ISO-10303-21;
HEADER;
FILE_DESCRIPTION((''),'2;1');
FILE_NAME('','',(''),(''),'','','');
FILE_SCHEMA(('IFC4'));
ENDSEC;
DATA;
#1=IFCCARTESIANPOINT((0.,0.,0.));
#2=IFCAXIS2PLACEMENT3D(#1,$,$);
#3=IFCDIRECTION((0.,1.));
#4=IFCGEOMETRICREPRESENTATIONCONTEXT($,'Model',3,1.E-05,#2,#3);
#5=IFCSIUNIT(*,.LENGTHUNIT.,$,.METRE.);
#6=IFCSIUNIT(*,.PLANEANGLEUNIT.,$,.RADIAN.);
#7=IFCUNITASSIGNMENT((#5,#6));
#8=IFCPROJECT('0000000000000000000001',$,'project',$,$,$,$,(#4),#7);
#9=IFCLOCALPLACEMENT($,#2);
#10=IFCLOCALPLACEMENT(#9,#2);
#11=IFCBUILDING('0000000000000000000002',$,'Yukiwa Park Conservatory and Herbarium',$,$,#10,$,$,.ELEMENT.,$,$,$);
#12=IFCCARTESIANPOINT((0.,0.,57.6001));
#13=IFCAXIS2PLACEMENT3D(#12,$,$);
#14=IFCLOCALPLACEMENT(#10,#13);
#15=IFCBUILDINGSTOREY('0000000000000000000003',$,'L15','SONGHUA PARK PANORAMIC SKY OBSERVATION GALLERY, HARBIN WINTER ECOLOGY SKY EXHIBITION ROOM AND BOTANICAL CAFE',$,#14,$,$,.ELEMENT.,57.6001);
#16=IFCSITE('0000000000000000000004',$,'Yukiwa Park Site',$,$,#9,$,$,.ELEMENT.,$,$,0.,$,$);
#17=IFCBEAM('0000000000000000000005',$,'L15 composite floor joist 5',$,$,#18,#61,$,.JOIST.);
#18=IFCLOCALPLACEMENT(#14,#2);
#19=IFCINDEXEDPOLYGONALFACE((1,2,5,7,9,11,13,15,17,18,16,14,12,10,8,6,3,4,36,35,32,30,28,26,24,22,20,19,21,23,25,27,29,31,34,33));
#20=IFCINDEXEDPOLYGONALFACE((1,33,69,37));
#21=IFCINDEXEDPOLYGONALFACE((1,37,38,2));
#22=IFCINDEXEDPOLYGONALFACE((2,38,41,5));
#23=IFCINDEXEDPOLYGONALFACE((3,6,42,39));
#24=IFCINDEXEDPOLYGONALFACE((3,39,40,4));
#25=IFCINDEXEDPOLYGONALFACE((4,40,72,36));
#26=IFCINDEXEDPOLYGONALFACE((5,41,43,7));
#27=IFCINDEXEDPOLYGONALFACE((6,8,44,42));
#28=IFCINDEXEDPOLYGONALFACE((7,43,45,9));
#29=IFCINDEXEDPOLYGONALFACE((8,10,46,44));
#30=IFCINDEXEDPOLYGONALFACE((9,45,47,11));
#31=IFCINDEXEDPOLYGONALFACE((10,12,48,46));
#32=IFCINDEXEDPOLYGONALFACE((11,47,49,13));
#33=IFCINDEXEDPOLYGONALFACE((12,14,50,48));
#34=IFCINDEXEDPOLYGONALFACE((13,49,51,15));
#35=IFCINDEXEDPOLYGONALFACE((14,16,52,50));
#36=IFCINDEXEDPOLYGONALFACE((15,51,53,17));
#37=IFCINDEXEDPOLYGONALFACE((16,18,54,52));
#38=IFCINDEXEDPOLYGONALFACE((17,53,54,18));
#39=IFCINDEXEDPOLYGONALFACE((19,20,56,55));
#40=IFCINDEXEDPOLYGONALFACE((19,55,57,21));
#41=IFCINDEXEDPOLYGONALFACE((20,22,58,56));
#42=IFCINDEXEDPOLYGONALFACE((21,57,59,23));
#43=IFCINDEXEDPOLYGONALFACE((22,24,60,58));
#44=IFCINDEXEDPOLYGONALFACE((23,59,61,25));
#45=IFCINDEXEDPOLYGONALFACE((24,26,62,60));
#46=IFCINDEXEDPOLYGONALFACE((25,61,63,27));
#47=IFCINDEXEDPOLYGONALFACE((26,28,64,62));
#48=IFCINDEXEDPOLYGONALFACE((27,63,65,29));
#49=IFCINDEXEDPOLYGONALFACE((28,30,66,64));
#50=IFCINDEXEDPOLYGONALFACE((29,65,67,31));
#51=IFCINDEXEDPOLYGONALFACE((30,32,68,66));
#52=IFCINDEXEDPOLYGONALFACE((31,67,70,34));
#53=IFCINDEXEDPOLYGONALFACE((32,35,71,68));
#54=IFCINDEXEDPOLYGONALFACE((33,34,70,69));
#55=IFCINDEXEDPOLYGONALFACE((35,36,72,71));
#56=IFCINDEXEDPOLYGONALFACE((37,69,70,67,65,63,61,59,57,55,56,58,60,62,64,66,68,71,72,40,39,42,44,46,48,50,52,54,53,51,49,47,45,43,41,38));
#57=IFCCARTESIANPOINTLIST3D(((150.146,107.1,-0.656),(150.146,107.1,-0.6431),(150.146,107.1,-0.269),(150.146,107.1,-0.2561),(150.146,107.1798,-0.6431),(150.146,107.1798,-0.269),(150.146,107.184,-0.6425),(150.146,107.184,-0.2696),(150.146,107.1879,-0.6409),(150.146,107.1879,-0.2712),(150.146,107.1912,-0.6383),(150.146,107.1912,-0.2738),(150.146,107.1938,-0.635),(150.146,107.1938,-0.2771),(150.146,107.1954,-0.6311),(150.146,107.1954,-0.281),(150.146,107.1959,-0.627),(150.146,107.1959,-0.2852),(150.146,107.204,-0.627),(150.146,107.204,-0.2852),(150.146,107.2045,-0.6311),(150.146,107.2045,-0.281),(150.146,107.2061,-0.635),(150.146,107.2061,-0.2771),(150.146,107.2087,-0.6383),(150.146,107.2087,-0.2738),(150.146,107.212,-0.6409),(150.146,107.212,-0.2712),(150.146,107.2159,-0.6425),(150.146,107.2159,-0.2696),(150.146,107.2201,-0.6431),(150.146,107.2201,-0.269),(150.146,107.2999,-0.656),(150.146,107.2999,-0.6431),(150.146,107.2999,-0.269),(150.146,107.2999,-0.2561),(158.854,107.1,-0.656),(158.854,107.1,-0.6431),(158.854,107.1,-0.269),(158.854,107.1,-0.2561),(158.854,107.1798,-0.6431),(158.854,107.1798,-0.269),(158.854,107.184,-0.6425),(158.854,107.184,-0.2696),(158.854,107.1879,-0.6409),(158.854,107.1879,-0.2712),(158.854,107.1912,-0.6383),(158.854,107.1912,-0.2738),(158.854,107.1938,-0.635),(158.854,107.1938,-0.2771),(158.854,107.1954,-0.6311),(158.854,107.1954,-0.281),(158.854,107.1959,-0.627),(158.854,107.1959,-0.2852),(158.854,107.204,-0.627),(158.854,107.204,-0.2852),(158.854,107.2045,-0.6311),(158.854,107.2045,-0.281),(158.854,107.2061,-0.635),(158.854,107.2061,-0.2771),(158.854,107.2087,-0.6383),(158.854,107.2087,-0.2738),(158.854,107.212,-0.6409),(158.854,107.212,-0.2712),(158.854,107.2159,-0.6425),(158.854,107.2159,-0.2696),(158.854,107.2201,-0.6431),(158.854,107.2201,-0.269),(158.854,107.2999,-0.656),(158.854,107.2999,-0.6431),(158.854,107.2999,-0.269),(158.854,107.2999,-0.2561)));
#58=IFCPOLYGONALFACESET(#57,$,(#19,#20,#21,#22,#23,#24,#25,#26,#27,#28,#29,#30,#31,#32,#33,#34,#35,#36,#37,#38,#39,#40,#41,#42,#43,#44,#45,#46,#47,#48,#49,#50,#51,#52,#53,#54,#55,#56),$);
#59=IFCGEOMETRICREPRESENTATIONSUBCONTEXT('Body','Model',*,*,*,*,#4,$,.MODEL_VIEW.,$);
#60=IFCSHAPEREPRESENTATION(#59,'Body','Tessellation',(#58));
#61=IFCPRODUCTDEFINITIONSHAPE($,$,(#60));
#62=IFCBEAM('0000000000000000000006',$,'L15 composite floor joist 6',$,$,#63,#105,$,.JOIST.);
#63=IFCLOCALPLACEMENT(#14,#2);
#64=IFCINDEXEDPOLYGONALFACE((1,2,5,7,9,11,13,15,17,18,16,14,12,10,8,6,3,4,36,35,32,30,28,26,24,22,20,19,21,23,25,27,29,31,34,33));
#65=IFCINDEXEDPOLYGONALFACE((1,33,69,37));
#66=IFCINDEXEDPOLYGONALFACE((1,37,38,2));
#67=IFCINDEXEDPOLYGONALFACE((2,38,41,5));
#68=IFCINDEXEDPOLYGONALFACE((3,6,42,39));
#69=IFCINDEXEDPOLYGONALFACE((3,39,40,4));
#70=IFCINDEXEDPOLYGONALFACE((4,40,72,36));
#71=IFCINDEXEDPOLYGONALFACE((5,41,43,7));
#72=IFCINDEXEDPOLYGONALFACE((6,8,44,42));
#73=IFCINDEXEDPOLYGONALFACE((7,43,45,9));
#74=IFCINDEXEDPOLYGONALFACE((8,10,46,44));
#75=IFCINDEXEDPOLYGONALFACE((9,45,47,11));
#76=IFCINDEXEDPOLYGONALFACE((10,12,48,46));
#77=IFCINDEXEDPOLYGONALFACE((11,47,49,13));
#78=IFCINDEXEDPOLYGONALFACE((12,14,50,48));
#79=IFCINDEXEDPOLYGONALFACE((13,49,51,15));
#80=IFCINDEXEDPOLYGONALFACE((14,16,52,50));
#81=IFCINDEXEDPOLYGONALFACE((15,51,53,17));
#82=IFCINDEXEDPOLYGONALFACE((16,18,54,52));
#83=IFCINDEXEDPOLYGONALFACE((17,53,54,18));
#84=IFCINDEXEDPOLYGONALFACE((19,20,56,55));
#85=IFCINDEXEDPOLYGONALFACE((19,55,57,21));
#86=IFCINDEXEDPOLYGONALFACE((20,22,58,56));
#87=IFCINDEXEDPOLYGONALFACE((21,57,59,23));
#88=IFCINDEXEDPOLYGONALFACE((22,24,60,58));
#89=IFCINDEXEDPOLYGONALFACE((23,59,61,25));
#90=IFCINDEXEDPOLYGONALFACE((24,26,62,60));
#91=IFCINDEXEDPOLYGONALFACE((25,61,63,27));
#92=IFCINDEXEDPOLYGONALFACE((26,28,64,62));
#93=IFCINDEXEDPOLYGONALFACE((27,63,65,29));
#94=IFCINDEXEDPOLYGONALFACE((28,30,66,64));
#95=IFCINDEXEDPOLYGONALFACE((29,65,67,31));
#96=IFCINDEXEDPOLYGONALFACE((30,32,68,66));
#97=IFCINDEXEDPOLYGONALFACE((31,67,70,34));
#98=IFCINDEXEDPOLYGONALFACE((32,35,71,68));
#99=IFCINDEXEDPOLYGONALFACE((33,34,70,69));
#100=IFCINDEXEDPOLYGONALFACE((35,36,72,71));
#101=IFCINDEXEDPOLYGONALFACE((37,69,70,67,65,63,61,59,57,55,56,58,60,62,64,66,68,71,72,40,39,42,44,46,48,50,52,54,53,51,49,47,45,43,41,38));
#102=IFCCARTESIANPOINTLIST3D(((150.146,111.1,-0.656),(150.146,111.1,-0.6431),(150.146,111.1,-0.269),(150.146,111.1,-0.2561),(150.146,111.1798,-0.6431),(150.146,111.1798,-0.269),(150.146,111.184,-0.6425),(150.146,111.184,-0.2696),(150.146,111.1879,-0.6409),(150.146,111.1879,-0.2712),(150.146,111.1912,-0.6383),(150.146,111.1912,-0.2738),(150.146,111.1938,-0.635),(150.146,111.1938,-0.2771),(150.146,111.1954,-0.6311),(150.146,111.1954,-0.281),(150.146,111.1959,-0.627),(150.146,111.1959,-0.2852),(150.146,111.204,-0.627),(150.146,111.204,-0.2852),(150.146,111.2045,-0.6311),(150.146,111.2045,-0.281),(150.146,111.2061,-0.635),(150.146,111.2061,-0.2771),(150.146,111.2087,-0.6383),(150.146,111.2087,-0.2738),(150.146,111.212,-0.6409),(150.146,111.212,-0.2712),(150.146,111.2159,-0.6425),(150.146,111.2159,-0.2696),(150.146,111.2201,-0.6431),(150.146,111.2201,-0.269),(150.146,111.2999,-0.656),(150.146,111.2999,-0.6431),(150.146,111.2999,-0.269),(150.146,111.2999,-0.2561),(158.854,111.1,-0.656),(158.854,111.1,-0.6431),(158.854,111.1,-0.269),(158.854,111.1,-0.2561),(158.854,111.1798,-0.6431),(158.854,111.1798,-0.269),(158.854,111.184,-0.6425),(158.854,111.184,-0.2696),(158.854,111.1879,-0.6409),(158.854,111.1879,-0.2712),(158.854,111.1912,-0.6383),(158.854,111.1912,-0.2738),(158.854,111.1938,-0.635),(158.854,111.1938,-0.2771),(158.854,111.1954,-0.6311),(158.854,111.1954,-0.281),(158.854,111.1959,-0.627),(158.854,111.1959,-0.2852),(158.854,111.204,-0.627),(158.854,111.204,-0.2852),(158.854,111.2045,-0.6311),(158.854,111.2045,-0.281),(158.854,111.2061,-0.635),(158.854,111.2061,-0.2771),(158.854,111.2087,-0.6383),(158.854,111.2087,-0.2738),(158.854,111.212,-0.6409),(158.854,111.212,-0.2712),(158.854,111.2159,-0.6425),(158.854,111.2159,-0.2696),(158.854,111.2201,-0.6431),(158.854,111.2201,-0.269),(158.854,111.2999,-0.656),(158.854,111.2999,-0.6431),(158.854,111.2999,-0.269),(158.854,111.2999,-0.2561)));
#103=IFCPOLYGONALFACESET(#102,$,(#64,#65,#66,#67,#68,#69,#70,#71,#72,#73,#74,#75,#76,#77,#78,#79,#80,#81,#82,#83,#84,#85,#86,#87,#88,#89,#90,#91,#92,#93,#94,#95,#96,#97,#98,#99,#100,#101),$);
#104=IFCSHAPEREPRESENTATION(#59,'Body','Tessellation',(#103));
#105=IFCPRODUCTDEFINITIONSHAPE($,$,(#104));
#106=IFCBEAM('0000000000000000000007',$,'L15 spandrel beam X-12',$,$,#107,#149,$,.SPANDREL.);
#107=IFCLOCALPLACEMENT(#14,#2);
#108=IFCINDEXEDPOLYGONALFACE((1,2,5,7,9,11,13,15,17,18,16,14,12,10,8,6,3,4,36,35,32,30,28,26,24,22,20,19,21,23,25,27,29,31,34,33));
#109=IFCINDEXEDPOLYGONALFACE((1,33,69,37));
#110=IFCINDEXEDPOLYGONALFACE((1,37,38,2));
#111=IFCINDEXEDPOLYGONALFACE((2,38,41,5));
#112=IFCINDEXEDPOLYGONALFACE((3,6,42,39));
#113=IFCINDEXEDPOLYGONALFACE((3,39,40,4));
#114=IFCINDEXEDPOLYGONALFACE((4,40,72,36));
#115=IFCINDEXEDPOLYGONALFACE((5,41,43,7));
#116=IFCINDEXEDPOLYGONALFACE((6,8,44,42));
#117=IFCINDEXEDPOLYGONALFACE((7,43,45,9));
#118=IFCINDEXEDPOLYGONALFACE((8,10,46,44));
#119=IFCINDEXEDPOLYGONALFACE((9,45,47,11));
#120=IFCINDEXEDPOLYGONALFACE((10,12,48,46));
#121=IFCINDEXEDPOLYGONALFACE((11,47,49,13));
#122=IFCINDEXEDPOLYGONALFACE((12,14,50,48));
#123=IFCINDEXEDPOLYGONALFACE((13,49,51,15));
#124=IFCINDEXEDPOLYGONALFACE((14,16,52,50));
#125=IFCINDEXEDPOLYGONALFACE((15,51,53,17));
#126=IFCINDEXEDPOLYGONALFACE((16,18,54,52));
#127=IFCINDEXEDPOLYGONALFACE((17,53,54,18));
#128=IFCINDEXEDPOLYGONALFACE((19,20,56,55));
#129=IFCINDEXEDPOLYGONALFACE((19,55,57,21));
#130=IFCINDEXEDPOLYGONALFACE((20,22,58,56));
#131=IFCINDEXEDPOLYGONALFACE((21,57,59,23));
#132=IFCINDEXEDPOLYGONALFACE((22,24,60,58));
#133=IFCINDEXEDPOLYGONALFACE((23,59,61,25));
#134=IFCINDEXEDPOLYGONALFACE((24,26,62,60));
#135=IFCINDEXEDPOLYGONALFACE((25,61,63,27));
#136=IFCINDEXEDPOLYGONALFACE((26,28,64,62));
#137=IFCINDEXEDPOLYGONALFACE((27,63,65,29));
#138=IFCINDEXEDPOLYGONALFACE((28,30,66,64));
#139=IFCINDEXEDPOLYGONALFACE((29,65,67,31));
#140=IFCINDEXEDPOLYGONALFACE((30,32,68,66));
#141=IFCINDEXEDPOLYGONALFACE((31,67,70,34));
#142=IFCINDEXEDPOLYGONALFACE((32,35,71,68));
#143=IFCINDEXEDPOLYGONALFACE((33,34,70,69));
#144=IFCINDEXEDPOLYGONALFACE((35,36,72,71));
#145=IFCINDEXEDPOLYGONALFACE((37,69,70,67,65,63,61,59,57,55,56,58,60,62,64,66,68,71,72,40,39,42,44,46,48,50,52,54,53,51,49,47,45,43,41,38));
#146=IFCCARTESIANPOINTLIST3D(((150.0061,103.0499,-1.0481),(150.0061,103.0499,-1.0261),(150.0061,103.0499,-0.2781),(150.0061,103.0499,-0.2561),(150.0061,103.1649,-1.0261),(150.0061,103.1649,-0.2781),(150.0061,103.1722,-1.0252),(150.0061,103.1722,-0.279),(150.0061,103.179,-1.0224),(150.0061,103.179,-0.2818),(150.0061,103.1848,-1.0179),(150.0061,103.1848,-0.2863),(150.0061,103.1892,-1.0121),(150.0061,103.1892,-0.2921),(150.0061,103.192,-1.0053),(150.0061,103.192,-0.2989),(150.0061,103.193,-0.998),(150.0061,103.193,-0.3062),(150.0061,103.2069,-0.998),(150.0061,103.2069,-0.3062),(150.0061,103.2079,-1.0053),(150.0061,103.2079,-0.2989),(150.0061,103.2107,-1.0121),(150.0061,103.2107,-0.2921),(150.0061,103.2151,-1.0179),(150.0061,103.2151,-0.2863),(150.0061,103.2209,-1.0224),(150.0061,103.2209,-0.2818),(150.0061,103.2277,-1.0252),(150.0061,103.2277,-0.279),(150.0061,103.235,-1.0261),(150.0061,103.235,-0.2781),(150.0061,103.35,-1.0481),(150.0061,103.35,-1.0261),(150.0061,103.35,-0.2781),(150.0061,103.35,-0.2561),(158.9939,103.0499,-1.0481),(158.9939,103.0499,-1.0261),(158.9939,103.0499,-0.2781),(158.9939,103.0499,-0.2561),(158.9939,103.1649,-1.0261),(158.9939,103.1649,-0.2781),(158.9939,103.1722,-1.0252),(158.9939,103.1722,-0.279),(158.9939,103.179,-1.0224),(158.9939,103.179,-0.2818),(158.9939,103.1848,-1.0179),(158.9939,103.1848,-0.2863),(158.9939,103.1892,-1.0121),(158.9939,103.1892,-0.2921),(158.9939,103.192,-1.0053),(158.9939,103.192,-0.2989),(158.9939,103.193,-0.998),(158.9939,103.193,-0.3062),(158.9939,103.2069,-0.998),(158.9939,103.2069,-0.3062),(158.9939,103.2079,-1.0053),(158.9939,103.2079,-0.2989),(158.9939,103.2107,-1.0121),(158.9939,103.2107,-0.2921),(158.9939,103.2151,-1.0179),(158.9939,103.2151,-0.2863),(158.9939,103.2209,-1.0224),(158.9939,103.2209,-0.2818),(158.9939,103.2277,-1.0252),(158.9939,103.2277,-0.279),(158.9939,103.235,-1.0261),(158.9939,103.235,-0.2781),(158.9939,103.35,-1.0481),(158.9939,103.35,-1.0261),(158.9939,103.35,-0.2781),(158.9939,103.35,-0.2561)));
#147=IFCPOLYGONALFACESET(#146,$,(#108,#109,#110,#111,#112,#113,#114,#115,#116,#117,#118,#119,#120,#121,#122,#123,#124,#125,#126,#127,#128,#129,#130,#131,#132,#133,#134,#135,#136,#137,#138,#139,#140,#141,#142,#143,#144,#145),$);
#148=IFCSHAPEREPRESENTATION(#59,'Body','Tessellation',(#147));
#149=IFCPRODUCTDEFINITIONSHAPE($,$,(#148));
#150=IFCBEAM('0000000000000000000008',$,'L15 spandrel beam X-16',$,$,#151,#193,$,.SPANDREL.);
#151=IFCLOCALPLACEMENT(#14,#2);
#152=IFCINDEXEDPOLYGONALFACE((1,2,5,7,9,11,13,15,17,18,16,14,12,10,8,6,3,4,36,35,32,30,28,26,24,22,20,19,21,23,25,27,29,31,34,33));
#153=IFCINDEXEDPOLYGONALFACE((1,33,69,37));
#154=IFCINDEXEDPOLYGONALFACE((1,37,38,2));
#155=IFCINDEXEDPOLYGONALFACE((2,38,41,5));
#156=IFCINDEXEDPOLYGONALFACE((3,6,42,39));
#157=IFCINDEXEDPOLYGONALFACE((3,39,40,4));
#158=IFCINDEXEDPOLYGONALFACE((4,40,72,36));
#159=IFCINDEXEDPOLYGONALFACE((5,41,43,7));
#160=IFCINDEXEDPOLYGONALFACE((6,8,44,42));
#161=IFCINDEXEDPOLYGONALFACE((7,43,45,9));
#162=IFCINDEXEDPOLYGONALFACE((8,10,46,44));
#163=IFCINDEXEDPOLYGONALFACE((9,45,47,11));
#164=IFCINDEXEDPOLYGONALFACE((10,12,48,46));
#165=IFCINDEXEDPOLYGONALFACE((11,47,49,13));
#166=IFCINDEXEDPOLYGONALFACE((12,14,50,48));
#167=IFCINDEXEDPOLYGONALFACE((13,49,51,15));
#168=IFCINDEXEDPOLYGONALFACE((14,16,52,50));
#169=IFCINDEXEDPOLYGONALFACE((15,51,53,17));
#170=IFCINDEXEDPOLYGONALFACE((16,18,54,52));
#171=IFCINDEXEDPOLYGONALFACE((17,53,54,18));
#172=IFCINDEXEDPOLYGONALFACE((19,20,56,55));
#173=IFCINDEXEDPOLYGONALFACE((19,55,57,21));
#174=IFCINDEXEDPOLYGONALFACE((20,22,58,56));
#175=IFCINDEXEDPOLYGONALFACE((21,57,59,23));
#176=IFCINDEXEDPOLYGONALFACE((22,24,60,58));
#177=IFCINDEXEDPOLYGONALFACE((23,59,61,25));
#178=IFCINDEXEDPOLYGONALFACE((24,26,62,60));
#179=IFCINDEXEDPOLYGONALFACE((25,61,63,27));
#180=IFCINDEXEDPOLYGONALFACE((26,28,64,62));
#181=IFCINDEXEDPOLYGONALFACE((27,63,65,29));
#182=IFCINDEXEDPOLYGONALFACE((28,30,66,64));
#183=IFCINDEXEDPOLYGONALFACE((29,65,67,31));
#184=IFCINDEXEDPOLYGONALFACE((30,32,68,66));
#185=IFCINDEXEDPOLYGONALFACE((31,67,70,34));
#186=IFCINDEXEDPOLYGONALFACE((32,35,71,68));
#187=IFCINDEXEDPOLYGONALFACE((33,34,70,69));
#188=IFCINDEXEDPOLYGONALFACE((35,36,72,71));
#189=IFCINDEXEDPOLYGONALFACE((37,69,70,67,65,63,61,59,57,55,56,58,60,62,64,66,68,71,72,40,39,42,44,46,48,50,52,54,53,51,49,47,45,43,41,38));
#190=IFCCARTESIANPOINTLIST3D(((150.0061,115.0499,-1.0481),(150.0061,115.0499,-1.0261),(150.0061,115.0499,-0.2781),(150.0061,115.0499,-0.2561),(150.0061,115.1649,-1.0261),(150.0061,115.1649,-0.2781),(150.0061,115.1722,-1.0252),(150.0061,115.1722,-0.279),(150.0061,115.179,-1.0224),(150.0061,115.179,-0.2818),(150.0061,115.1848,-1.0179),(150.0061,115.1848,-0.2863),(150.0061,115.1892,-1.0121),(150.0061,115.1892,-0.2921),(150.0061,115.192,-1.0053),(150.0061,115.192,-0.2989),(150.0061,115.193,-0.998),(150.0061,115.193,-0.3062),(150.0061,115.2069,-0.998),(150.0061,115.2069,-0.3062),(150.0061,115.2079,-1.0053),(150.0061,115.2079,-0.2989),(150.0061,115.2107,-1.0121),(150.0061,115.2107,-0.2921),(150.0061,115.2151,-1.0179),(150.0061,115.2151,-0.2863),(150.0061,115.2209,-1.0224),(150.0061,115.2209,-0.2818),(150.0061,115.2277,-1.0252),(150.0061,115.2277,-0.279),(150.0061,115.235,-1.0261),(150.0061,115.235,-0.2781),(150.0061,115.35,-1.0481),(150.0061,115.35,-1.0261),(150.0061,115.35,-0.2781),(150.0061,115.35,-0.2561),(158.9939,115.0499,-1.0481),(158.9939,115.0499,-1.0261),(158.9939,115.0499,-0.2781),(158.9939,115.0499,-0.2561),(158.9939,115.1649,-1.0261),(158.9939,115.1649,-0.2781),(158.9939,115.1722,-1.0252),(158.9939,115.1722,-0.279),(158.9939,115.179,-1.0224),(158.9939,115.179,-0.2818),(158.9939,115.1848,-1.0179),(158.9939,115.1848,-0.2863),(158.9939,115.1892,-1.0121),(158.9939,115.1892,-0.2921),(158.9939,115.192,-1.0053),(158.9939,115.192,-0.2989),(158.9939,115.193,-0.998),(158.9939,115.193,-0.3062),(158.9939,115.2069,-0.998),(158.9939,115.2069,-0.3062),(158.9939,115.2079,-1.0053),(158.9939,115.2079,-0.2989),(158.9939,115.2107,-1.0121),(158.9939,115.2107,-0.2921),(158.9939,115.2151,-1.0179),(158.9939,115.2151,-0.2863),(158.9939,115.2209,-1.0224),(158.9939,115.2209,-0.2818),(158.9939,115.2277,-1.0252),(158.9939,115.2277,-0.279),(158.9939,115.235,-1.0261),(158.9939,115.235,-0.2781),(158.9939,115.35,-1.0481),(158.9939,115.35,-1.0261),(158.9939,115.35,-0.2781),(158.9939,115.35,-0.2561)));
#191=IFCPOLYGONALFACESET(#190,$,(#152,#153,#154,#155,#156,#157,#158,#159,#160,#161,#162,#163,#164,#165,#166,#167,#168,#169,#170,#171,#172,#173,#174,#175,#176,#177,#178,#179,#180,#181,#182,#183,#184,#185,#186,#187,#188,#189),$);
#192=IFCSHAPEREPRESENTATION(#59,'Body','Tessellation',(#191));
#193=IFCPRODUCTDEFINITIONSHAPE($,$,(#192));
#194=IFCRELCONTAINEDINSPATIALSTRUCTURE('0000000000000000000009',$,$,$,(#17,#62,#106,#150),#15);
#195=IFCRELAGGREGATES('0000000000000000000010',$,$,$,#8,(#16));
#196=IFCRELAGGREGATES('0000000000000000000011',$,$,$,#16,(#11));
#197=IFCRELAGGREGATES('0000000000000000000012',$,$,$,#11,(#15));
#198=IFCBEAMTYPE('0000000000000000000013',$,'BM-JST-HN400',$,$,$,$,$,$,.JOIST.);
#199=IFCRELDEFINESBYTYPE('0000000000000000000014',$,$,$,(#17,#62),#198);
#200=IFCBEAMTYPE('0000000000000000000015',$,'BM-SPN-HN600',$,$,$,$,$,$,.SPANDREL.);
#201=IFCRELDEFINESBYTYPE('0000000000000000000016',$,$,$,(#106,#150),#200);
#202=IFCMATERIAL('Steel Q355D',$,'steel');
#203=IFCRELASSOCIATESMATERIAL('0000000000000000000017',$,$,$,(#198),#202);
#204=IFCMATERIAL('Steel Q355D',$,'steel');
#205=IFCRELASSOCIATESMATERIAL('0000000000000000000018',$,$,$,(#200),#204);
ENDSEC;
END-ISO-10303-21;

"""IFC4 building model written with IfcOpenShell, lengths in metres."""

from ifc_helpers import new_model, si_unit, direction, frame, origin, origin_2d, place, context, subcontext, project, spatial, i_section, extrude, material, material_profile, profile_set, type_object, element, save


model = new_model("IFC4")

# Units and contexts
model_context = context("Model", 3, precision=1e-05, world=origin(), true_north=direction((0.0, 1.0)))
body_context = subcontext(model_context, "Body", "Model", "MODEL_VIEW")
ifc_project = project(units=[si_unit("LENGTHUNIT", "METRE"), si_unit("PLANEANGLEUNIT", "RADIAN")], contexts=[model_context])

# Site, building, storey
site_placement = place(None, origin())
site = spatial("IfcSite", under=ifc_project, at=site_placement, Name="Yukiwa Park Site", CompositionType="ELEMENT", RefElevation=0.0)
building_placement = place(site_placement, origin())
building = spatial("IfcBuilding", under=site, at=building_placement, Name="Yukiwa Park Conservatory and Herbarium", CompositionType="ELEMENT")
storey_placement = place(building_placement, frame((0.0, 0.0, 57.6001)))
storey = spatial("IfcBuildingStorey", under=building, at=storey_placement, Name="L15", Description="SONGHUA PARK PANORAMIC SKY OBSERVATION GALLERY, HARBIN WINTER ECOLOGY SKY EXHIBITION ROOM AND BOTANICAL CAFE", CompositionType="ELEMENT", Elevation=57.6001)

# Beams
ifc_material_1 = material(Name="Steel Q355D", Category="steel")
ifc_material_profile_1 = material_profile(ifc_material_1, i_section(OverallWidth=0.2, OverallDepth=0.3999, WebThickness=0.0081, FlangeThickness=0.0129, FilletRadius=0.0161, at=origin_2d()), Name="HN 400x200x8x13")
ifc_profile_set_1 = profile_set([ifc_material_profile_1], Name="Steel Q355D")
beam_type_1 = type_object("IfcBeamType", Name="BM-JST-HN400", PredefinedType="JOIST", material=ifc_profile_set_1)
for number, where, z_axis, x_axis, name in (
    (1, (150.146, 107.2, -0.4561), (1.0, 0.0, 0.0), (0.0, 1.0, 0.0), "L15 composite floor joist 5"),
    (2, (150.146, 111.2, -0.4561), (1.0, 0.0, 0.0), (0.0, 1.0, 0.0), "L15 composite floor joist 6"),
):
    element("IfcBeam", number, at=place(storey_placement, frame(where, z_axis=z_axis, x_axis=x_axis)), inside=storey, type_object=beam_type_1, Name=name, PredefinedType="JOIST", context=body_context, shape_type="SweptSolid", body=[
        extrude(i_section(OverallWidth=0.2, OverallDepth=0.3999, WebThickness=0.0081, FlangeThickness=0.0129, FilletRadius=0.0161, at=origin_2d()), origin(), (0.0, 0.0, 1.0), 8.708),
    ])
ifc_material_2 = material(Name="Steel Q355D", Category="steel")
ifc_material_profile_2 = material_profile(ifc_material_2, i_section(OverallWidth=0.3, OverallDepth=0.792, WebThickness=0.0139, FlangeThickness=0.022, FilletRadius=0.0281, at=origin_2d()), Name="HN 792x300x14x22")
ifc_profile_set_2 = profile_set([ifc_material_profile_2], Name="Steel Q355D")
beam_type_2 = type_object("IfcBeamType", Name="BM-SPN-HN600", PredefinedType="SPANDREL", material=ifc_profile_set_2)
for number, where, z_axis, x_axis, name in (
    (3, (150.0061, 103.2, -0.6521), (1.0, 0.0, 0.0), (0.0, 1.0, 0.0), "L15 spandrel beam X-12"),
    (4, (150.0061, 115.2, -0.6521), (1.0, 0.0, 0.0), (0.0, 1.0, 0.0), "L15 spandrel beam X-16"),
):
    element("IfcBeam", number, at=place(storey_placement, frame(where, z_axis=z_axis, x_axis=x_axis)), inside=storey, type_object=beam_type_2, Name=name, PredefinedType="SPANDREL", context=body_context, shape_type="SweptSolid", body=[
        extrude(i_section(OverallWidth=0.3, OverallDepth=0.792, WebThickness=0.0139, FlangeThickness=0.022, FilletRadius=0.0281, at=origin_2d()), origin(), (0.0, 0.0, 1.0), 8.9878),
    ])

save(model, "model.ifc")
